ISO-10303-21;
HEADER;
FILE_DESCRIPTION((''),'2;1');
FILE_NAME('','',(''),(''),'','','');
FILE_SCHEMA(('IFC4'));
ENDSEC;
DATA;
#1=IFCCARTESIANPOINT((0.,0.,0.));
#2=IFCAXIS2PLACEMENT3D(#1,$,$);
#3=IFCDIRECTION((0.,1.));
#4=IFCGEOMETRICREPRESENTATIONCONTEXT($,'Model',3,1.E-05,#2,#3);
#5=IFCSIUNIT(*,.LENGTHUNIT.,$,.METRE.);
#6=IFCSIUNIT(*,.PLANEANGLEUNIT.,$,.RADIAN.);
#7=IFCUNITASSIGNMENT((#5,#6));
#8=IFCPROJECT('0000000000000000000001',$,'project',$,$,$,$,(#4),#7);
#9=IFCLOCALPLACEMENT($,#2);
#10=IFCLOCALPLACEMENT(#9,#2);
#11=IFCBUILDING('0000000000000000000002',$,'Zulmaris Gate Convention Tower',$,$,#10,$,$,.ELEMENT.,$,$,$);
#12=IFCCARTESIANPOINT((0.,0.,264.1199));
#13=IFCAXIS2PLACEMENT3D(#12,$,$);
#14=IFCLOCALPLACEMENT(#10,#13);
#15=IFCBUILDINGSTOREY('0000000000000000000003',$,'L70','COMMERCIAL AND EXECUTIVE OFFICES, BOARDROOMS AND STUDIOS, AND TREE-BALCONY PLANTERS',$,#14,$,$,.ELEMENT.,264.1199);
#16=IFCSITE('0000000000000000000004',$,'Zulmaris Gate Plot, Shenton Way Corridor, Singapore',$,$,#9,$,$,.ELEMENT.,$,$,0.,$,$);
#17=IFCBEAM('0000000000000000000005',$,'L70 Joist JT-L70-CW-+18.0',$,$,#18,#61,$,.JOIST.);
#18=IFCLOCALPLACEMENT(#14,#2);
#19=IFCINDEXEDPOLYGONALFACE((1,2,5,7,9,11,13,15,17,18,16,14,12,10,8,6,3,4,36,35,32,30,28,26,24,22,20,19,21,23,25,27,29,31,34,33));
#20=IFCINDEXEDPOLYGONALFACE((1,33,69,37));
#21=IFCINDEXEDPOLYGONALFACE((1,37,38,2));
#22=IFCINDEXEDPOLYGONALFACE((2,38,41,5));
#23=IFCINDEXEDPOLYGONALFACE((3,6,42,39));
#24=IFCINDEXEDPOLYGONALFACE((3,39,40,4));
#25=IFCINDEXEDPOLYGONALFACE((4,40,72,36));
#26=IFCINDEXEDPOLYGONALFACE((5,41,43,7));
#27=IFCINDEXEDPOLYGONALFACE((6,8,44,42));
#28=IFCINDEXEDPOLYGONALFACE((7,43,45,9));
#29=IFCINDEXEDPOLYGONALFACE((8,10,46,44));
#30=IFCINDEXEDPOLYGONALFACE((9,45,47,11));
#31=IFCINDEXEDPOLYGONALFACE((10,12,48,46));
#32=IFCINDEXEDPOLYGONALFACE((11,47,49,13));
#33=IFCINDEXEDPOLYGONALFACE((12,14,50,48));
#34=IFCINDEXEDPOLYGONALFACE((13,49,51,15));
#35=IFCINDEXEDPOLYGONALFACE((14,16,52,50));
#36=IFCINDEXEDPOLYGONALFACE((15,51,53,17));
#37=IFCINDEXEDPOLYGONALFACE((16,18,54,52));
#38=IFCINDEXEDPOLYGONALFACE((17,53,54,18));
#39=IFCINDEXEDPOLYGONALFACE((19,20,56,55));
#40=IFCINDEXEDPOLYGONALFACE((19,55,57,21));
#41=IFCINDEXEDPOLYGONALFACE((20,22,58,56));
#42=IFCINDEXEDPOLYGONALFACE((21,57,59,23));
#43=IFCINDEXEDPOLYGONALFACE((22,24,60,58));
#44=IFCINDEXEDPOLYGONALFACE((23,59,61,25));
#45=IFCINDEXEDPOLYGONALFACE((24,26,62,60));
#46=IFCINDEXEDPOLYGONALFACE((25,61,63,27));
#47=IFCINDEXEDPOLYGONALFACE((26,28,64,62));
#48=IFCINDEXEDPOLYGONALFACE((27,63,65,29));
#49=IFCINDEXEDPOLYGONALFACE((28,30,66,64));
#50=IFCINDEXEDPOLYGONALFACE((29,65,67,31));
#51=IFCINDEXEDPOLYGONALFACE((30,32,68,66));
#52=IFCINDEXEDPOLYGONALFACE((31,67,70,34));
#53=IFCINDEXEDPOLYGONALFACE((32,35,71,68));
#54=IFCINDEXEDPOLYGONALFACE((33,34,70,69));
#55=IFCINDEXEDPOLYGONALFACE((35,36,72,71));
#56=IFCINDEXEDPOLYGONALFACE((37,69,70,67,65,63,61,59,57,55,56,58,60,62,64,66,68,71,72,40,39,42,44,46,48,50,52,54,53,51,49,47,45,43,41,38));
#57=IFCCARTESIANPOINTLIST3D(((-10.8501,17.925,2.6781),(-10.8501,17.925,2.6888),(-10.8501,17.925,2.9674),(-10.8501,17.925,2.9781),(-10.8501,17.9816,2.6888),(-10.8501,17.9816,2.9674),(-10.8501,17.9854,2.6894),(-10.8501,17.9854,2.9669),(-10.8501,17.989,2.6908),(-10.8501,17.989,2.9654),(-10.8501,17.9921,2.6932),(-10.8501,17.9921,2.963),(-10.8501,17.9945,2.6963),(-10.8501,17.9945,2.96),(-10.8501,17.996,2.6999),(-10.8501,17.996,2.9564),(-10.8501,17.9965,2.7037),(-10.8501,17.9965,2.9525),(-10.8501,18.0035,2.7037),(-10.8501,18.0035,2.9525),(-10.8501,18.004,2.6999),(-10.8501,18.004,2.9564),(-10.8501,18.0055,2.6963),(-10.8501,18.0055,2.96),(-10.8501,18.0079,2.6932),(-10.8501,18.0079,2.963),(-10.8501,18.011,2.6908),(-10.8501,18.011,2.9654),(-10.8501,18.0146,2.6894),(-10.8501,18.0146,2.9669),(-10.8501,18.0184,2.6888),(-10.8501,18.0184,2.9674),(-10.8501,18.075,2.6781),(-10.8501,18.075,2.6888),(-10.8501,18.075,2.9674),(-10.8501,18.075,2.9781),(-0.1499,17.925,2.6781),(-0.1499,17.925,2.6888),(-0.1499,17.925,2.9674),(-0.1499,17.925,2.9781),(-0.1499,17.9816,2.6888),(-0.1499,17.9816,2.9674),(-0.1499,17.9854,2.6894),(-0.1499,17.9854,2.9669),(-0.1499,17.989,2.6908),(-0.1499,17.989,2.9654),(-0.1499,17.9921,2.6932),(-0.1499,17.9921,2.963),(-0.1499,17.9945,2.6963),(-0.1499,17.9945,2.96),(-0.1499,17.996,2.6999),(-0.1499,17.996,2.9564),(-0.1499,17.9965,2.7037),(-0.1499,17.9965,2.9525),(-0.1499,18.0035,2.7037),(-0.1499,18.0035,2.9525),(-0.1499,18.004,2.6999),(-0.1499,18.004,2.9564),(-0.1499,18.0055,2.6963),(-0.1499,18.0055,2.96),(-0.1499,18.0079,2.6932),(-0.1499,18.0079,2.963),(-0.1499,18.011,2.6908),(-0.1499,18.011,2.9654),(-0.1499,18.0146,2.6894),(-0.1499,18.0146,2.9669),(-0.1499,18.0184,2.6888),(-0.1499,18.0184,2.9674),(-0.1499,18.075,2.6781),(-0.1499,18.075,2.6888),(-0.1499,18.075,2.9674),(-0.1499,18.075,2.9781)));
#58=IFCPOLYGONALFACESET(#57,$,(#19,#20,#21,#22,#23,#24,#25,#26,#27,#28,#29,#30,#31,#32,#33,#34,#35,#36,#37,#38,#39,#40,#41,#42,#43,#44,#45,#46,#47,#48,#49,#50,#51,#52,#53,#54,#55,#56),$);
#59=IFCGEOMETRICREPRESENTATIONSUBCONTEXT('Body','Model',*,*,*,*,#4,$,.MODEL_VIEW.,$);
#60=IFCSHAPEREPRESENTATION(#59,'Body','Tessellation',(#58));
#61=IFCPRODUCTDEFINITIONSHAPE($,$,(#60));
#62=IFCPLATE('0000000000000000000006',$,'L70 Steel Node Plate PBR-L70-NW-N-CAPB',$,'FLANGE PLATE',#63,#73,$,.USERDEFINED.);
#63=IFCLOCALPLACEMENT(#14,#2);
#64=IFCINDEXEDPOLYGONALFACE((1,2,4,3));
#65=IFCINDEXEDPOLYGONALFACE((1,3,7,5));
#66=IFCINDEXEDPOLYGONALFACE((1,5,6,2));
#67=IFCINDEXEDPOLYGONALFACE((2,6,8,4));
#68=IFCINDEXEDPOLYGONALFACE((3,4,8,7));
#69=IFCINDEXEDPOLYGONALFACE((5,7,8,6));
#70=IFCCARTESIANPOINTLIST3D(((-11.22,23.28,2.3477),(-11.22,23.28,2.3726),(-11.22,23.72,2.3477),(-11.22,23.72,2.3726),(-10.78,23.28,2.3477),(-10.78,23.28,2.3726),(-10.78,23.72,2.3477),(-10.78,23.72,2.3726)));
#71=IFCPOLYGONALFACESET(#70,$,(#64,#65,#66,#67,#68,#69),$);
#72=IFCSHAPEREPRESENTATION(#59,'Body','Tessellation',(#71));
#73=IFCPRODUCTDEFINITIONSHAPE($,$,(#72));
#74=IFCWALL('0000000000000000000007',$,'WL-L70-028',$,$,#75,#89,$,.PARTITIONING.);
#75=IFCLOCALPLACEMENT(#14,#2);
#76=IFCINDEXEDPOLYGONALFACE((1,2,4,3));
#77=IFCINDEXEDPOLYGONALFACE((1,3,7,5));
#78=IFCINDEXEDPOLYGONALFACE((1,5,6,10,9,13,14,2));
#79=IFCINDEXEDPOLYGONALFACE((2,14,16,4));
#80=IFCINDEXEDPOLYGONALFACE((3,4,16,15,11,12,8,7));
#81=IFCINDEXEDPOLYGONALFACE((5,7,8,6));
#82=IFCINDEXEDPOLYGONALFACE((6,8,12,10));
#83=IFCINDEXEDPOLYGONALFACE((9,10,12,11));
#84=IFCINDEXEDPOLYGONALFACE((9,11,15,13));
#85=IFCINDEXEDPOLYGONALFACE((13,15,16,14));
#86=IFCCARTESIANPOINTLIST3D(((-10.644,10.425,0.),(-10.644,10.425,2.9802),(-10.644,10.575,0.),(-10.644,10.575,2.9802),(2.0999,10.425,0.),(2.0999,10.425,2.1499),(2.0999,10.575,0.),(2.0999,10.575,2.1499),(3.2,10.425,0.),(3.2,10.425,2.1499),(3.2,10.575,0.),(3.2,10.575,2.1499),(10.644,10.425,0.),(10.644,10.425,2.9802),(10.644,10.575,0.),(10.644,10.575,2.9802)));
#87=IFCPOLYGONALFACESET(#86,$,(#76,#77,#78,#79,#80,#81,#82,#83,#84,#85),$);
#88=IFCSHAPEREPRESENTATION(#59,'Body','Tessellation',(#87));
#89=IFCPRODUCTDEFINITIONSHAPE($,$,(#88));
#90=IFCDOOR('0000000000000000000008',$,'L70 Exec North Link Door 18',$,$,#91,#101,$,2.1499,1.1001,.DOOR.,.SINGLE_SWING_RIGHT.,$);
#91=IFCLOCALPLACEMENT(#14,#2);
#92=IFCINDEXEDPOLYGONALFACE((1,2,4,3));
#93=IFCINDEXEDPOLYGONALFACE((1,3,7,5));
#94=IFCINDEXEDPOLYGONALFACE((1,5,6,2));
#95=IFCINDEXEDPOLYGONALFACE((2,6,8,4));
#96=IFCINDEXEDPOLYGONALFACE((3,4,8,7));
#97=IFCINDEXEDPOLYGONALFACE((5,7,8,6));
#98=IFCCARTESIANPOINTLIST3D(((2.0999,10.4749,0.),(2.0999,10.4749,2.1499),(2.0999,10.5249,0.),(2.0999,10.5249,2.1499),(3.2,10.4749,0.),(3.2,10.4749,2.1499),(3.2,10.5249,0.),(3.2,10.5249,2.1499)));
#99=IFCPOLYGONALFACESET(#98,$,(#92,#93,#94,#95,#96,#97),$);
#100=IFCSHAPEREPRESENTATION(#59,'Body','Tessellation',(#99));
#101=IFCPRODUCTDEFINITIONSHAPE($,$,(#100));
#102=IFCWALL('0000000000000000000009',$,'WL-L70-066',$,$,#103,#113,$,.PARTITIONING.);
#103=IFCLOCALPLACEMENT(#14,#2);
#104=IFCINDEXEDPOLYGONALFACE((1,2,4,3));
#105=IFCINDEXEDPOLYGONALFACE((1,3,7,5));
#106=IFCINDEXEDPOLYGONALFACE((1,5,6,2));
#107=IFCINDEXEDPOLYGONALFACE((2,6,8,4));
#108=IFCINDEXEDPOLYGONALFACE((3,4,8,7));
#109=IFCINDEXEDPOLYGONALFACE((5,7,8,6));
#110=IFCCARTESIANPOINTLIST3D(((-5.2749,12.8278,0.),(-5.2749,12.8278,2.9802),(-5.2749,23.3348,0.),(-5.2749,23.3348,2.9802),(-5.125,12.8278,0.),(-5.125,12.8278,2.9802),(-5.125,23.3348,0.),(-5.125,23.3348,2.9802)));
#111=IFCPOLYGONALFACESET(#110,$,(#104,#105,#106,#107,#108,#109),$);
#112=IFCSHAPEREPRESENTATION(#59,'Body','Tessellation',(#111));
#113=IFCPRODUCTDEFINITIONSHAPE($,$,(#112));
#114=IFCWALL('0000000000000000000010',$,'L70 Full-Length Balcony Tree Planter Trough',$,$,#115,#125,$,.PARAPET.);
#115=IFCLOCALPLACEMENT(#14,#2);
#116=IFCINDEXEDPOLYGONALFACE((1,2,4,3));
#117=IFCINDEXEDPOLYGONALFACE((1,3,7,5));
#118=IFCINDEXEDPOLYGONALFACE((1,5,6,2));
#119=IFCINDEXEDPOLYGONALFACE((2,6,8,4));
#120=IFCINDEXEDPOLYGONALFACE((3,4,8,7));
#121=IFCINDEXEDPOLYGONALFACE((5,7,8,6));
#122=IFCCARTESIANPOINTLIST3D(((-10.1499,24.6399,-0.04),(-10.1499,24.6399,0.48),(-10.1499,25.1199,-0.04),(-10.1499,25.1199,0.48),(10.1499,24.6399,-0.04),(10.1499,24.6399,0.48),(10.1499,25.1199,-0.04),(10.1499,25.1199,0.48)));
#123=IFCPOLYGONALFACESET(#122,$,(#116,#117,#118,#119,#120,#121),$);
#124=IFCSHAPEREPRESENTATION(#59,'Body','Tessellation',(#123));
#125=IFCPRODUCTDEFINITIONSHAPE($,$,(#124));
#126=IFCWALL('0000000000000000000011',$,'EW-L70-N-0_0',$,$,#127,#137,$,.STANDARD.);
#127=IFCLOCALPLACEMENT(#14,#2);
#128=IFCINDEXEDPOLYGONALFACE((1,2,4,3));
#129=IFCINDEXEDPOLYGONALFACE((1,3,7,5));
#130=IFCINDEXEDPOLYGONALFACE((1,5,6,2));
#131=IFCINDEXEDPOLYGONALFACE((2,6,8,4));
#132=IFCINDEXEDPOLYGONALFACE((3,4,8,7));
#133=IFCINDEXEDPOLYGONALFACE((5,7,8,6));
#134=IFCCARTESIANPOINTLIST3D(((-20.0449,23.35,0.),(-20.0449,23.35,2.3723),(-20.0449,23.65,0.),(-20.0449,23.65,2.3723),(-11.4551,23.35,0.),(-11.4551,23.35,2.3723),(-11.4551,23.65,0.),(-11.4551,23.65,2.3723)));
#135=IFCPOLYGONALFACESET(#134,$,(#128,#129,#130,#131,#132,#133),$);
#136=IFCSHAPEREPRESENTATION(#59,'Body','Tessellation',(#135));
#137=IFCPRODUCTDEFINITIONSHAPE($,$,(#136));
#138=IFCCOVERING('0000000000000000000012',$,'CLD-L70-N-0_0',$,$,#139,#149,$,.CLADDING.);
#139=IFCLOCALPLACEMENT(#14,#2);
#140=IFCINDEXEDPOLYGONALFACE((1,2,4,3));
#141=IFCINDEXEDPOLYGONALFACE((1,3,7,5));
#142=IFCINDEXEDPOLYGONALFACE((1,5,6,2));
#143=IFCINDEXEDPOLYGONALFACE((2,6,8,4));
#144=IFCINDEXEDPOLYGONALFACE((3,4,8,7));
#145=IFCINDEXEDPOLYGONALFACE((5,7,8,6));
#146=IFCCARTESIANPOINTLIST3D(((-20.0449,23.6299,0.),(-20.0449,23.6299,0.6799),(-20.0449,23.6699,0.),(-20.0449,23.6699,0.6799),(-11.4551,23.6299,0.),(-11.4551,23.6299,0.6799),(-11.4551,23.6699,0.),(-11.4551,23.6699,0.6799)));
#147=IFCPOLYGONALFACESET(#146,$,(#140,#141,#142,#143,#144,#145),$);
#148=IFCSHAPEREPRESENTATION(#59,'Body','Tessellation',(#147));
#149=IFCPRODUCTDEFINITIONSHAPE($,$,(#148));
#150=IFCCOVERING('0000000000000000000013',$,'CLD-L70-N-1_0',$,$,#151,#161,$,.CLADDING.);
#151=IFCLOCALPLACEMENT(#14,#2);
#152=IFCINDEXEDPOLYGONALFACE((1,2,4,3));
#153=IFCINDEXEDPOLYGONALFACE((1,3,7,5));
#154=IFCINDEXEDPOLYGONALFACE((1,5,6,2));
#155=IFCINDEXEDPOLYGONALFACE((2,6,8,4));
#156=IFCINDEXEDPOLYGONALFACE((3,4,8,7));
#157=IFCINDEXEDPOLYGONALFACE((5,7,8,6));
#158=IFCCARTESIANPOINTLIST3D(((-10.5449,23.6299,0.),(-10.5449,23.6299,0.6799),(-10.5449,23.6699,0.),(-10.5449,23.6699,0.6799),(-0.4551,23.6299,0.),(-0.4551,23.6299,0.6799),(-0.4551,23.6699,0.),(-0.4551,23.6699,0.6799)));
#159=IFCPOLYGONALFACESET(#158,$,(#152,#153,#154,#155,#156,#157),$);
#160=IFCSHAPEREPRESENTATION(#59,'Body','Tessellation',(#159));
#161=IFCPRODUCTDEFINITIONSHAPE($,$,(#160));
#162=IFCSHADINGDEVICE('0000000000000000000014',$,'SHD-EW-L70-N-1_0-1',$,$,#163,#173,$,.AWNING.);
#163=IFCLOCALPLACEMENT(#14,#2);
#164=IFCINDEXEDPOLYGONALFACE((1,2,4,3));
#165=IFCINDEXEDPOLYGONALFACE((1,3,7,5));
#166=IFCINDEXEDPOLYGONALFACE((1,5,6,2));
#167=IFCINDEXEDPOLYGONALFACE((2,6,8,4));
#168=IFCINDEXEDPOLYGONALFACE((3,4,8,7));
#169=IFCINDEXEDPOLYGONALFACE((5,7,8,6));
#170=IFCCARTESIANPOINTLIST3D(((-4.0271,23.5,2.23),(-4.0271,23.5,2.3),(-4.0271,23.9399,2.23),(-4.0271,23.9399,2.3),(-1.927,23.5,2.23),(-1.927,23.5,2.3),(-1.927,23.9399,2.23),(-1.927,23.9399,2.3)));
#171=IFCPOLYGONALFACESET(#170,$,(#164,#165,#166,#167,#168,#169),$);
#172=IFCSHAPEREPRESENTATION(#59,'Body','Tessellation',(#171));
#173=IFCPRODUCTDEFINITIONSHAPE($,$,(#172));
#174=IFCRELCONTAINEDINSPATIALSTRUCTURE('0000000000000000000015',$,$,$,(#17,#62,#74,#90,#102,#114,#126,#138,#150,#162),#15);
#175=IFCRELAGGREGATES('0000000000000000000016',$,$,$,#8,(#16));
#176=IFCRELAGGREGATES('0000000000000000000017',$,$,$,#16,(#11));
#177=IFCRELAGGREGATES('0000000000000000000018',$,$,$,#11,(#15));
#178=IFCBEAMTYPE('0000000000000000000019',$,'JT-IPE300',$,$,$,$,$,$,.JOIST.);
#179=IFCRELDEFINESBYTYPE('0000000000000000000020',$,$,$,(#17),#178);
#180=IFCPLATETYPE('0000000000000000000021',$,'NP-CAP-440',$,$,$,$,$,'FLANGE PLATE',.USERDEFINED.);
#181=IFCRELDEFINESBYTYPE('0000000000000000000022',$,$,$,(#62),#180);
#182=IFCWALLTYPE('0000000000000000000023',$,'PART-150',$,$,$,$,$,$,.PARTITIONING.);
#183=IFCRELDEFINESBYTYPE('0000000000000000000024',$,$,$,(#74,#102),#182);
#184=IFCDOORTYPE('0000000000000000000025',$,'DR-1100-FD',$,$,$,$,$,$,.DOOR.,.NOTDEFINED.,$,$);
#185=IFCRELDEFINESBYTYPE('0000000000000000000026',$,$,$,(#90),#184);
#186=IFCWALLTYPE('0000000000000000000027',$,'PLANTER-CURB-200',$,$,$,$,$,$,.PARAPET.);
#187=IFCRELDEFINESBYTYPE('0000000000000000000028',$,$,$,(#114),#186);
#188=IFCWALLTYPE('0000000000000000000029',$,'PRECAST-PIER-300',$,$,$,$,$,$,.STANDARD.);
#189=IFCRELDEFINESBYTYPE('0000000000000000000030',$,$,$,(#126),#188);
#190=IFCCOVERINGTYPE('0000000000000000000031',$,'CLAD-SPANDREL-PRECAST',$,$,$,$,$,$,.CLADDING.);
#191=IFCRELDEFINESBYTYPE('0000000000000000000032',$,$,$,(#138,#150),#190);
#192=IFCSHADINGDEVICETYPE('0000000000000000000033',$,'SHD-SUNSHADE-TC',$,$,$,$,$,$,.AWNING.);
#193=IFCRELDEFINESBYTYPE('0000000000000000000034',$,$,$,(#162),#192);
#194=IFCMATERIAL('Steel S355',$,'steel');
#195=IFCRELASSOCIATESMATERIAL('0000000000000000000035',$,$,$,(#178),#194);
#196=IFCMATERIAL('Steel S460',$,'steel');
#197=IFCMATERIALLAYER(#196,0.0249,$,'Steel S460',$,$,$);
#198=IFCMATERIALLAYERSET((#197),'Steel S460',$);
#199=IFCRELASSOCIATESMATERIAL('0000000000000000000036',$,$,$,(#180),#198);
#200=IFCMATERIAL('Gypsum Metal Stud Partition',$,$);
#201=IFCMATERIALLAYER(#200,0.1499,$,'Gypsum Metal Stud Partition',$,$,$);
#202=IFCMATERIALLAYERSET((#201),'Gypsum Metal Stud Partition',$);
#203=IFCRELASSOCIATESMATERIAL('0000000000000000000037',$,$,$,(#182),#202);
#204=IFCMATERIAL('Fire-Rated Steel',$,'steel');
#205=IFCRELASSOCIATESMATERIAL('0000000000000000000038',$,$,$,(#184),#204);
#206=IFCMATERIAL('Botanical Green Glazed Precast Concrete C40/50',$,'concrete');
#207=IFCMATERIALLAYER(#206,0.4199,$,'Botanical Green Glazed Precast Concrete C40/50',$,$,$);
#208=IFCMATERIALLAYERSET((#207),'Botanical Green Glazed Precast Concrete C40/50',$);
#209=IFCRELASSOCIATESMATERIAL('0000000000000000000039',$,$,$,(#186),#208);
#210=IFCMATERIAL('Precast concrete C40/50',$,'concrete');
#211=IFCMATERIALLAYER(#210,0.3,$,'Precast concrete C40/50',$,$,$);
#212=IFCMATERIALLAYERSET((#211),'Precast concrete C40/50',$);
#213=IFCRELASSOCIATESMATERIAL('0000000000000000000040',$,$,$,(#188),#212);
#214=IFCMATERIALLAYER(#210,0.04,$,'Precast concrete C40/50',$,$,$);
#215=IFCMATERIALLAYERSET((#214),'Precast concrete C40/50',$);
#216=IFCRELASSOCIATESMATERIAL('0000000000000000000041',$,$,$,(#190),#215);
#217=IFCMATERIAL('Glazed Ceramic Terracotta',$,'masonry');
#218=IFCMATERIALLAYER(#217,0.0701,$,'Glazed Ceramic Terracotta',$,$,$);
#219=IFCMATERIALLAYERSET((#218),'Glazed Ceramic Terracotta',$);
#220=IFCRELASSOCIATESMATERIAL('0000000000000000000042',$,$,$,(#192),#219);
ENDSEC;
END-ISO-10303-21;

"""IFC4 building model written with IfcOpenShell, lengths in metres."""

from ifc_helpers import new_model, si_unit, direction, frame, frame_2d, origin, origin_2d, place, context, subcontext, project, spatial, rectangle, i_section, extrude, material, layer, layer_set, material_profile, profile_set, type_object, element, fill, save


model = new_model("IFC4")

# Units and contexts
model_context = context("Model", 3, precision=1e-05, world=origin(), true_north=direction((0.0, 1.0)))
body_context = subcontext(model_context, "Body", "Model", "MODEL_VIEW")
ifc_project = project(units=[si_unit("LENGTHUNIT", "METRE"), si_unit("PLANEANGLEUNIT", "RADIAN")], contexts=[model_context])

# Site, building, storey
site_placement = place(None, origin())
site = spatial("IfcSite", under=ifc_project, at=site_placement, Name="Zulmaris Gate Plot, Shenton Way Corridor, Singapore", CompositionType="ELEMENT", RefElevation=0.0)
building_placement = place(site_placement, origin())
building = spatial("IfcBuilding", under=site, at=building_placement, Name="Zulmaris Gate Convention Tower", CompositionType="ELEMENT")
storey_placement = place(building_placement, frame((0.0, 0.0, 264.1199)))
storey = spatial("IfcBuildingStorey", under=building, at=storey_placement, Name="L70", Description="COMMERCIAL AND EXECUTIVE OFFICES, BOARDROOMS AND STUDIOS, AND TREE-BALCONY PLANTERS", CompositionType="ELEMENT", Elevation=264.1199)

# Beam
ifc_material_1 = material(Name="Steel S355", Category="steel")
ifc_material_profile_1 = material_profile(ifc_material_1, i_section(OverallWidth=0.1499, OverallDepth=0.3, WebThickness=0.0071, FlangeThickness=0.0107, FilletRadius=0.0149, at=origin_2d()), Name="IPE 300")
ifc_profile_set_1 = profile_set([ifc_material_profile_1], Name="Steel S355")
beam_type_1 = type_object("IfcBeamType", Name="JT-IPE300", PredefinedType="JOIST", material=ifc_profile_set_1)
for number, where, z_axis, x_axis, name in (
    (1, (-10.8501, 18.0, 2.8281), (1.0, 0.0, 0.0), (0.0, 1.0, 0.0), "L70 Joist JT-L70-CW-+18.0"),
):
    element("IfcBeam", number, at=place(storey_placement, frame(where, z_axis=z_axis, x_axis=x_axis)), inside=storey, type_object=beam_type_1, Name=name, PredefinedType="JOIST", context=body_context, shape_type="SweptSolid", body=[
        extrude(i_section(OverallWidth=0.1499, OverallDepth=0.3, WebThickness=0.0071, FlangeThickness=0.0107, FilletRadius=0.0149, at=origin_2d()), origin(), (0.0, 0.0, 1.0), 10.7002),
    ])

# Plate
ifc_material_2 = material(Name="Steel S460", Category="steel")
ifc_layer_1 = layer(ifc_material_2, 0.0249, Name="Steel S460")
ifc_layer_set_1 = layer_set([ifc_layer_1], Name="Steel S460")
plate_type = type_object("IfcPlateType", Name="NP-CAP-440", ElementType="FLANGE PLATE", PredefinedType="USERDEFINED", material=ifc_layer_set_1)
plate_placement = place(storey_placement, frame((-11.0, 23.5, 2.3477), z_axis=(0.0, 0.0, 1.0), x_axis=(1.0, 0.0, 0.0)))
element("IfcPlate", 2, at=plate_placement, inside=storey, type_object=plate_type, Name="L70 Steel Node Plate PBR-L70-NW-N-CAPB", ObjectType="FLANGE PLATE", PredefinedType="USERDEFINED", context=body_context, shape_type="SweptSolid", body=[
    extrude(rectangle(XDim=0.4399, YDim=0.4399, at=origin_2d()), origin(), (0.0, 0.0, 1.0), 0.0249),
])

# Wall, opening, door
ifc_material_3 = material(Name="Gypsum Metal Stud Partition")
ifc_layer_2 = layer(ifc_material_3, 0.1499, Name="Gypsum Metal Stud Partition")
ifc_layer_set_2 = layer_set([ifc_layer_2], Name="Gypsum Metal Stud Partition")
wall_type_1 = type_object("IfcWallType", Name="PART-150", PredefinedType="PARTITIONING", material=ifc_layer_set_2)
wall_1_placement = place(storey_placement, frame((-10.644, 10.5, 0.0), z_axis=(0.0, 0.0, 1.0), x_axis=(1.0, 0.0, 0.0)))
wall_1 = element("IfcWall", 3, at=wall_1_placement, inside=storey, type_object=wall_type_1, Name="WL-L70-028", PredefinedType="PARTITIONING", context=body_context, shape_type="SweptSolid", body=[
    extrude(rectangle(XDim=21.2881, YDim=0.1499, at=frame_2d((10.644, 0.0))), origin(), (0.0, 0.0, 1.0), 2.9802),
])
opening_1_placement = place(wall_1_placement, frame((12.7439, 0.0, 0.0)))
opening_1 = element("IfcOpeningElement", 4, at=opening_1_placement, cuts=wall_1, PredefinedType="OPENING", context=body_context, shape_type="SweptSolid", body=[
    extrude(rectangle(XDim=1.1001, YDim=2.1499, at=frame_2d((0.55, 1.075))), frame((0.0, 0.085, 0.0), z_axis=(0.0, -1.0, 0.0), x_axis=(1.0, 0.0, 0.0)), (0.0, 0.0, 1.0), 0.1699),
])
ifc_material_4 = material(Name="Fire-Rated Steel", Category="steel")
door_type_1 = type_object("IfcDoorType", Name="DR-1100-FD", OperationType="NOTDEFINED", PredefinedType="DOOR", material=ifc_material_4)
door_1_placement = place(opening_1_placement, origin())
door_1 = element("IfcDoor", 5, at=door_1_placement, inside=storey, type_object=door_type_1, Name="L70 Exec North Link Door 18", OperationType="SINGLE_SWING_RIGHT", OverallHeight=2.1499, OverallWidth=1.1001, PredefinedType="DOOR", context=body_context, shape_type="SweptSolid", body=[
    extrude(rectangle(XDim=1.1001, YDim=2.1499, at=frame_2d((0.55, 1.075))), frame((0.0, 0.0249, 0.0), z_axis=(0.0, -1.0, 0.0), x_axis=(1.0, 0.0, 0.0)), (0.0, 0.0, 1.0), 0.05),
])
fill(opening_1, door_1)

# Walls
wall_2_placement = place(storey_placement, frame((-5.2, 12.8279, 0.0), z_axis=(0.0, 0.0, 1.0), x_axis=(0.0, 1.0, 0.0)))
element("IfcWall", 6, at=wall_2_placement, inside=storey, type_object=wall_type_1, Name="WL-L70-066", PredefinedType="PARTITIONING", context=body_context, shape_type="SweptSolid", body=[
    extrude(rectangle(XDim=10.5071, YDim=0.1499, at=frame_2d((5.2534, 0.0))), origin(), (0.0, 0.0, 1.0), 2.9802),
])
ifc_material_5 = material(Name="Botanical Green Glazed Precast Concrete C40/50", Category="concrete")
ifc_layer_3 = layer(ifc_material_5, 0.4199, Name="Botanical Green Glazed Precast Concrete C40/50")
ifc_layer_set_3 = layer_set([ifc_layer_3], Name="Botanical Green Glazed Precast Concrete C40/50")
wall_type_2 = type_object("IfcWallType", Name="PLANTER-CURB-200", PredefinedType="PARAPET", material=ifc_layer_set_3)
wall_3_placement = place(storey_placement, frame((-10.1499, 24.8799, -0.04), z_axis=(0.0, 0.0, 1.0), x_axis=(1.0, 0.0, 0.0)))
element("IfcWall", 7, at=wall_3_placement, inside=storey, type_object=wall_type_2, Name="L70 Full-Length Balcony Tree Planter Trough", PredefinedType="PARAPET", context=body_context, shape_type="SweptSolid", body=[
    extrude(rectangle(XDim=20.2998, YDim=0.48, at=frame_2d((10.1499, 0.0))), origin(), (0.0, 0.0, 1.0), 0.52),
])
ifc_material_6 = material(Name="Precast concrete C40/50", Category="concrete")
ifc_layer_4 = layer(ifc_material_6, 0.3, Name="Precast concrete C40/50")
ifc_layer_set_4 = layer_set([ifc_layer_4], Name="Precast concrete C40/50")
wall_type_3 = type_object("IfcWallType", Name="PRECAST-PIER-300", PredefinedType="STANDARD", material=ifc_layer_set_4)
wall_4_placement = place(storey_placement, frame((-11.4551, 23.5, 0.0), z_axis=(0.0, 0.0, 1.0), x_axis=(-1.0, 0.0, 0.0)))
element("IfcWall", 8, at=wall_4_placement, inside=storey, type_object=wall_type_3, Name="EW-L70-N-0_0", PredefinedType="STANDARD", context=body_context, shape_type="SweptSolid", body=[
    extrude(rectangle(XDim=8.5898, YDim=0.3, at=frame_2d((4.2949, 0.0))), origin(), (0.0, 0.0, 1.0), 2.3723),
])

# Coverings
ifc_layer_5 = layer(ifc_material_6, 0.04, Name="Precast concrete C40/50")
ifc_layer_set_5 = layer_set([ifc_layer_5], Name="Precast concrete C40/50")
covering_type = type_object("IfcCoveringType", Name="CLAD-SPANDREL-PRECAST", PredefinedType="CLADDING", material=ifc_layer_set_5)
covering_1_placement = place(storey_placement, frame((-11.4551, 23.6499, 0.0), z_axis=(0.0, 0.0, 1.0), x_axis=(-1.0, 0.0, 0.0)))
element("IfcCovering", 9, at=covering_1_placement, inside=storey, type_object=covering_type, Name="CLD-L70-N-0_0", PredefinedType="CLADDING", context=body_context, shape_type="SweptSolid", body=[
    extrude(rectangle(XDim=8.5898, YDim=0.04, at=frame_2d((4.2949, 0.0))), origin(), (0.0, 0.0, 1.0), 0.6799),
])
covering_2_placement = place(storey_placement, frame((-0.4551, 23.6499, 0.0), z_axis=(0.0, 0.0, 1.0), x_axis=(-1.0, 0.0, 0.0)))
element("IfcCovering", 10, at=covering_2_placement, inside=storey, type_object=covering_type, Name="CLD-L70-N-1_0", PredefinedType="CLADDING", context=body_context, shape_type="SweptSolid", body=[
    extrude(rectangle(XDim=10.0898, YDim=0.04, at=frame_2d((5.0449, 0.0))), origin(), (0.0, 0.0, 1.0), 0.6799),
])

# Shading device
ifc_material_7 = material(Name="Glazed Ceramic Terracotta", Category="masonry")
ifc_layer_6 = layer(ifc_material_7, 0.0701, Name="Glazed Ceramic Terracotta")
ifc_layer_set_6 = layer_set([ifc_layer_6], Name="Glazed Ceramic Terracotta")
shading_device_type = type_object("IfcShadingDeviceType", Name="SHD-SUNSHADE-TC", PredefinedType="AWNING", material=ifc_layer_set_6)
shading_device_placement = place(storey_placement, frame((-1.927, 23.72, 2.23), z_axis=(0.0, 0.0, 1.0), x_axis=(-1.0, 0.0, 0.0)))
element("IfcShadingDevice", 11, at=shading_device_placement, inside=storey, type_object=shading_device_type, Name="SHD-EW-L70-N-1_0-1", PredefinedType="AWNING", context=body_context, shape_type="SweptSolid", body=[
    extrude(rectangle(XDim=2.1001, YDim=0.4399, at=frame_2d((1.05, 0.0))), origin(), (0.0, 0.0, 1.0), 0.0701),
])

save(model, "model.ifc")
